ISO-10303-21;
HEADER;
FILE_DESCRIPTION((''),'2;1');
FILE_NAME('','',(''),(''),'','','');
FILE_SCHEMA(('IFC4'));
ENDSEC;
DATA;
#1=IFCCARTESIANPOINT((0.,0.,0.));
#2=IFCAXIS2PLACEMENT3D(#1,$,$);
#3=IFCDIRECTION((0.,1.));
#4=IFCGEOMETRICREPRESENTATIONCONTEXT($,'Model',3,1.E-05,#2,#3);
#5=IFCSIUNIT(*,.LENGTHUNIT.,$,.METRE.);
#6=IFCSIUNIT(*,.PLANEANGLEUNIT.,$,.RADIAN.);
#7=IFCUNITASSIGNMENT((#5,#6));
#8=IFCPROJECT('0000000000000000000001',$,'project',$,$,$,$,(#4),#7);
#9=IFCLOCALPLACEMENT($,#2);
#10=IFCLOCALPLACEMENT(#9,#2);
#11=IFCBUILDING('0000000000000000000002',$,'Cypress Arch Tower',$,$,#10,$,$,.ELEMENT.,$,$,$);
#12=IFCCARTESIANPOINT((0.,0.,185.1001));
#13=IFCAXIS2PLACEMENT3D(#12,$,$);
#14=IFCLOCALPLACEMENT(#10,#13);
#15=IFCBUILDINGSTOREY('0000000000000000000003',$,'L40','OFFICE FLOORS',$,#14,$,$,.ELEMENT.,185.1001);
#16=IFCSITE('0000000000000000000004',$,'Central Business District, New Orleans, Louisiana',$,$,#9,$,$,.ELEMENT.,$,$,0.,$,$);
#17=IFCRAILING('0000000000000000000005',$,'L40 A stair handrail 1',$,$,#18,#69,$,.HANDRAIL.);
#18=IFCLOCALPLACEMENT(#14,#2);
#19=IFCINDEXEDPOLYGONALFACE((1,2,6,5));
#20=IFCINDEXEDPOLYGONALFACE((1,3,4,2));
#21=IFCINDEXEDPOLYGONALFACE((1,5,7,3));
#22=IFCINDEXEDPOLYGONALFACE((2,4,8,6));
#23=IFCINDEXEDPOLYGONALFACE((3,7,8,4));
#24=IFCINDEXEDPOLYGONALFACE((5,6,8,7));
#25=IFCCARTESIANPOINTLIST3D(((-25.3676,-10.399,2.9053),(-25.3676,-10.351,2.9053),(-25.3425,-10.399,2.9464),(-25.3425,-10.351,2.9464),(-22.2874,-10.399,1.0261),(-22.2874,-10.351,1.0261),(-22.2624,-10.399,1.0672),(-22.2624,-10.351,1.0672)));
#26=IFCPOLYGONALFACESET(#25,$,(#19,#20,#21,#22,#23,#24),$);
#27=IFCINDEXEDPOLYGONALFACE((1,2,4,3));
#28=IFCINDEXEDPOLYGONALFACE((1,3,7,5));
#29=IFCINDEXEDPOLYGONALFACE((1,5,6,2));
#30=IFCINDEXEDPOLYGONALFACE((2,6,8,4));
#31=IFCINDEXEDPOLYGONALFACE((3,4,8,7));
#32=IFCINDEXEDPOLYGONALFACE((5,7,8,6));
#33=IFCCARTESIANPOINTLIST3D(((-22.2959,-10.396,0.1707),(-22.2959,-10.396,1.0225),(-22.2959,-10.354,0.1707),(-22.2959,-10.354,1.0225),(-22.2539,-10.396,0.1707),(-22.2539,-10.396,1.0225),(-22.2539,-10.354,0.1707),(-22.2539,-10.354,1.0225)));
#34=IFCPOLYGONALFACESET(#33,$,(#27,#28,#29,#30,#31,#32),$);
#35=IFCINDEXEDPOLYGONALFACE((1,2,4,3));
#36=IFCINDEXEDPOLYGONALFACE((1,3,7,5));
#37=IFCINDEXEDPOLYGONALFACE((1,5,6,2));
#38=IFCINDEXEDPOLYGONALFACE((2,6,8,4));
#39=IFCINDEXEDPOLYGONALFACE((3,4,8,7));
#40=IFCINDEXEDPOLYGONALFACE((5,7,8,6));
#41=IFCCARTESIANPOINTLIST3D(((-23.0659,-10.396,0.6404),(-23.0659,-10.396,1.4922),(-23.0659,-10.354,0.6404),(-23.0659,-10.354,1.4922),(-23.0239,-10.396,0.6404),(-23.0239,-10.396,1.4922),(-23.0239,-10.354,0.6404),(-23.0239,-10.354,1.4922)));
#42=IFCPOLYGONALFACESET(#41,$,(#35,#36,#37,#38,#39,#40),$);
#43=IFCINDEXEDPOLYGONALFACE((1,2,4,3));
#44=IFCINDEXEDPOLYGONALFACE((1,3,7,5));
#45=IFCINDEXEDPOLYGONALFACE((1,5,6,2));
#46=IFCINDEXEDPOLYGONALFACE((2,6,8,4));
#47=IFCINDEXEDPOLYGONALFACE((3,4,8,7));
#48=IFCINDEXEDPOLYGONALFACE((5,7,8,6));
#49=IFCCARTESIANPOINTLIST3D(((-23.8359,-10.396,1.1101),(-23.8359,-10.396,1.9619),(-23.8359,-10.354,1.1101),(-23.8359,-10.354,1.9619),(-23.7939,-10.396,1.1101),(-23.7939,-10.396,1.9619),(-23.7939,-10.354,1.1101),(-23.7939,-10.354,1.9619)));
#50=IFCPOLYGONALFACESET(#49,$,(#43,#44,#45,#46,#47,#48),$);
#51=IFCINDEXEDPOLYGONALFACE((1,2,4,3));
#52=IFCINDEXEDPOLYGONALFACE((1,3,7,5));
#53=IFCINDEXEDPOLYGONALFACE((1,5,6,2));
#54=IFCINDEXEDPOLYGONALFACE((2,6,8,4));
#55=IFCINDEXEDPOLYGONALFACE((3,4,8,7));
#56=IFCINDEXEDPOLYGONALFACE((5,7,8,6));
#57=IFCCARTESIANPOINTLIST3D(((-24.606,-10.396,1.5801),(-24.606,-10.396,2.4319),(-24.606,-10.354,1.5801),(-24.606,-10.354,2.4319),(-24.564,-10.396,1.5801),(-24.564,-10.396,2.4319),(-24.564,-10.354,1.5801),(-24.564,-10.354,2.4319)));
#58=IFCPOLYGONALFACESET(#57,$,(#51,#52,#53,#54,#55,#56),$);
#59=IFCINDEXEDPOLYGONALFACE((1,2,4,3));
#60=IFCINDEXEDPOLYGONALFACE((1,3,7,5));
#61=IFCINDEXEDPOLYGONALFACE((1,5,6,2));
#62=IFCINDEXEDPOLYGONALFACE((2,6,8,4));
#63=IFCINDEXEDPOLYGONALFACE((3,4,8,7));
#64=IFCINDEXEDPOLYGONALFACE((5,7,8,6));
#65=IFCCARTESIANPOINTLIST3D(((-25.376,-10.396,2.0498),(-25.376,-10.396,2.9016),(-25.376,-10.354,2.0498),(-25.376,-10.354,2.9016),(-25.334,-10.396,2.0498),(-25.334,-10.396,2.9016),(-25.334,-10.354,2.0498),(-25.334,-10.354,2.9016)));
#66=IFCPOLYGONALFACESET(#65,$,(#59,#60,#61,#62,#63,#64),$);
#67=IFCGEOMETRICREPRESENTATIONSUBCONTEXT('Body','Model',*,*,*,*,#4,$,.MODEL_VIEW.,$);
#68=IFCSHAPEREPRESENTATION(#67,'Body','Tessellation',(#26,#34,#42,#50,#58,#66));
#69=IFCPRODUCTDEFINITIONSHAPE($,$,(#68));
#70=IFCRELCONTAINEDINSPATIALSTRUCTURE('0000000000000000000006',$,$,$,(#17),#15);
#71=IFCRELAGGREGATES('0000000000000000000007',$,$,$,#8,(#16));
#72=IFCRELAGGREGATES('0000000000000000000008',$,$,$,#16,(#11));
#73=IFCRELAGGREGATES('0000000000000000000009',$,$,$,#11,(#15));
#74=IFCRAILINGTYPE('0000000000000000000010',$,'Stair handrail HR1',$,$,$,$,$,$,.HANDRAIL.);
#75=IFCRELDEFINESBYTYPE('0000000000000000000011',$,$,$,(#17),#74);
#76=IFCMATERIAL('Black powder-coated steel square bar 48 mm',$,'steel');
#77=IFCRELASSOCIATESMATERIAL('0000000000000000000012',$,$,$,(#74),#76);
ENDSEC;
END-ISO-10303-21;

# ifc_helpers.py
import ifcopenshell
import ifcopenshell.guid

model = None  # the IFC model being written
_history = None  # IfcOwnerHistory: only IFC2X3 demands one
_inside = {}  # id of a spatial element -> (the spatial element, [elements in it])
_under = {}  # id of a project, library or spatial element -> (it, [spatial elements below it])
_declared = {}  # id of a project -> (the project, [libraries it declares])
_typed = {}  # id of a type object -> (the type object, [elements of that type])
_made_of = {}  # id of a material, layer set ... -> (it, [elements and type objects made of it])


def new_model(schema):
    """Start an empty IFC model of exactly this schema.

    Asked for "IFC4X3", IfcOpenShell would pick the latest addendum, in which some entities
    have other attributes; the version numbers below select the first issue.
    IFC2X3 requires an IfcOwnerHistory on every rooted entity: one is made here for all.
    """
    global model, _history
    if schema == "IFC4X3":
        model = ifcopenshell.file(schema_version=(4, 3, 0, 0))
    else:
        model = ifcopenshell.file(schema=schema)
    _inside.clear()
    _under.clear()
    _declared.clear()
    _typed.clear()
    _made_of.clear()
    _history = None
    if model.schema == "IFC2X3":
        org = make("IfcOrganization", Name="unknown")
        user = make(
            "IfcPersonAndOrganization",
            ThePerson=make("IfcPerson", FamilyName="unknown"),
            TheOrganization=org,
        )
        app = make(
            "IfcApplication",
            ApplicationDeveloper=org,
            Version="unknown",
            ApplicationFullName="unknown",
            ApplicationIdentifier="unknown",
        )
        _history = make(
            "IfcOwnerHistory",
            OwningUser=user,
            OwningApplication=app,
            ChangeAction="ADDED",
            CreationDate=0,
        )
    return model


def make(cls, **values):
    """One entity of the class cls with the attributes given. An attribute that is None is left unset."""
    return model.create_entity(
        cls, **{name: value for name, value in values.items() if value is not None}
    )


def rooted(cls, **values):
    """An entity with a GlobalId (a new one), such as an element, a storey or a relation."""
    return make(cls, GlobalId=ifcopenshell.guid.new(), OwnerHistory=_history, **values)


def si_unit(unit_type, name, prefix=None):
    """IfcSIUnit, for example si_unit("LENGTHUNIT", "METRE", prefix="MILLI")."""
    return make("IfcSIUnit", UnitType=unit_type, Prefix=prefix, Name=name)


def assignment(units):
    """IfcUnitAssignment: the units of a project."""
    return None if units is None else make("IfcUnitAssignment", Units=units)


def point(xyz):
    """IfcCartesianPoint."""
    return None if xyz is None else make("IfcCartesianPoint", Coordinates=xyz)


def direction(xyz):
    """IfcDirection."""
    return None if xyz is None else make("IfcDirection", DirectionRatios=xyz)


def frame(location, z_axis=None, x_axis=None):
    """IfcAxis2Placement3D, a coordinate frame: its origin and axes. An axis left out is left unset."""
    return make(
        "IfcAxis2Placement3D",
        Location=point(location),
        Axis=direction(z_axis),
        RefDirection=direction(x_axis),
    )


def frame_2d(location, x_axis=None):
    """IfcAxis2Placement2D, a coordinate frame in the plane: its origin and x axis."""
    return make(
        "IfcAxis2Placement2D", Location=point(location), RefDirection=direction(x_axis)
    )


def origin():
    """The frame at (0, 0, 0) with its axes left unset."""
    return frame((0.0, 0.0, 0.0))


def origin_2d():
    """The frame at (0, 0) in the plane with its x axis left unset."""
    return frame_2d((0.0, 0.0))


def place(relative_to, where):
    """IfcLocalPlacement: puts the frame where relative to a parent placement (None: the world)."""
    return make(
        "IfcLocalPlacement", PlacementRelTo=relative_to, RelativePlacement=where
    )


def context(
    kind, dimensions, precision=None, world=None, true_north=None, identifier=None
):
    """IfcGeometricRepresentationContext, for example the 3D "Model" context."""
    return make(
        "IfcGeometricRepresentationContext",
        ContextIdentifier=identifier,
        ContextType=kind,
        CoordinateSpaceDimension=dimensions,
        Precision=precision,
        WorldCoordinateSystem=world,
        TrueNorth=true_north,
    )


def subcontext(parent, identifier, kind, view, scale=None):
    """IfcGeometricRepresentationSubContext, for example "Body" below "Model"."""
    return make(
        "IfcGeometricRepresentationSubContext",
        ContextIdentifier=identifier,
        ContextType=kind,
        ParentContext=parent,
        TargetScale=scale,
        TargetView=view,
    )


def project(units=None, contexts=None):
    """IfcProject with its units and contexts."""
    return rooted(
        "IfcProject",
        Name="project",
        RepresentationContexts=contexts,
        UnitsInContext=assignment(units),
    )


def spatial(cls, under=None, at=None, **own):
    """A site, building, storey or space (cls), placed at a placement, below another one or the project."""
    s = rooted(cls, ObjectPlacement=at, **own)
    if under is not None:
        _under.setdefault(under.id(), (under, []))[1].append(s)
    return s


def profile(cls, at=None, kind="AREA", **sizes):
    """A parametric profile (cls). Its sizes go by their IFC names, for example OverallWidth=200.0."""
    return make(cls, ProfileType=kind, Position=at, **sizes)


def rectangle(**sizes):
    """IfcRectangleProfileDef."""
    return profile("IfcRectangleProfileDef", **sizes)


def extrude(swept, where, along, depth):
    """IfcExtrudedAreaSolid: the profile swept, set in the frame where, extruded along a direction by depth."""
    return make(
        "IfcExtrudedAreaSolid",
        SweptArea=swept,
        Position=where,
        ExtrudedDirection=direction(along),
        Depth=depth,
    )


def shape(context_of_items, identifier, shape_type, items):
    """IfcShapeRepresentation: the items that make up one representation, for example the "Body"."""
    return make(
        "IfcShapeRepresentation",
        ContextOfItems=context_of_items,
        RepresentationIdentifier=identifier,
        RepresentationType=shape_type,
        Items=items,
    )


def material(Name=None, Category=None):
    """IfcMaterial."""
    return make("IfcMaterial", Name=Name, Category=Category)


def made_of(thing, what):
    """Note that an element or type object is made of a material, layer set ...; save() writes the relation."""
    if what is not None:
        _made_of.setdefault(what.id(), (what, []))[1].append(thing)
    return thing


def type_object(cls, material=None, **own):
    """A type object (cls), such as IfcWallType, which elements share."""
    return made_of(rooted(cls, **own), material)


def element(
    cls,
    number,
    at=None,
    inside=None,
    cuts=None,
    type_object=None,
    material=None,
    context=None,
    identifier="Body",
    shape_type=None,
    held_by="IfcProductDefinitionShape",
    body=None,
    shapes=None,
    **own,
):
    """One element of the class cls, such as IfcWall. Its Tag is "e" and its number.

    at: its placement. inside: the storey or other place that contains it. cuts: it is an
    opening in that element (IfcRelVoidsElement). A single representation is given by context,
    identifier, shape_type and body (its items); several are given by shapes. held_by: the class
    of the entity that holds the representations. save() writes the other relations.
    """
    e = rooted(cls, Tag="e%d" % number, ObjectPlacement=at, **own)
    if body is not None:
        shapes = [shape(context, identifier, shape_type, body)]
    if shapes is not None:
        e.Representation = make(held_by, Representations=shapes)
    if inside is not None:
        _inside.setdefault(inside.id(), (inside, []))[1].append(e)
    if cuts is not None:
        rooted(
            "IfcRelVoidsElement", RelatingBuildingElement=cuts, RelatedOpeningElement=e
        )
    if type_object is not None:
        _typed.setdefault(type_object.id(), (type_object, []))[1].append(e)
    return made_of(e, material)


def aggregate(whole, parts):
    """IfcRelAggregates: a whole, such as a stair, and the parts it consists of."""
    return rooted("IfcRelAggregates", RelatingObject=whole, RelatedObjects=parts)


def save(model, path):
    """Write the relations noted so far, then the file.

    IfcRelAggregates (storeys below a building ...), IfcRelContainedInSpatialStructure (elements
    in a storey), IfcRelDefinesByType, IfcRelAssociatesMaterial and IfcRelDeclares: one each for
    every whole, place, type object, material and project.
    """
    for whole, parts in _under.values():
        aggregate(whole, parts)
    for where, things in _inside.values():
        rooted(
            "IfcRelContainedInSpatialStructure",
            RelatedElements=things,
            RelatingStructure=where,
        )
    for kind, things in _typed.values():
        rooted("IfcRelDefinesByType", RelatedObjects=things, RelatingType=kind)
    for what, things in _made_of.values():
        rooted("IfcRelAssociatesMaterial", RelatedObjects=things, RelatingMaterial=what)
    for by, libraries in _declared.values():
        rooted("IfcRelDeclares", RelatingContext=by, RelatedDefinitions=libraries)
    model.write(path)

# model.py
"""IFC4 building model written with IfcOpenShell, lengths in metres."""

from ifc_helpers import new_model, si_unit, direction, frame, origin, origin_2d, place, context, subcontext, project, spatial, rectangle, extrude, material, type_object, element, save


model = new_model("IFC4")

# Units and contexts
model_context = context("Model", 3, precision=1e-05, world=origin(), true_north=direction((0.0, 1.0)))
body_context = subcontext(model_context, "Body", "Model", "MODEL_VIEW")
ifc_project = project(units=[si_unit("LENGTHUNIT", "METRE"), si_unit("PLANEANGLEUNIT", "RADIAN")], contexts=[model_context])

# Site, building, storey
site_placement = place(None, origin())
site = spatial("IfcSite", under=ifc_project, at=site_placement, Name="Central Business District, New Orleans, Louisiana", CompositionType="ELEMENT", RefElevation=0.0)
building_placement = place(site_placement, origin())
building = spatial("IfcBuilding", under=site, at=building_placement, Name="Cypress Arch Tower", CompositionType="ELEMENT")
storey_placement = place(building_placement, frame((0.0, 0.0, 185.1001)))
storey = spatial("IfcBuildingStorey", under=building, at=storey_placement, Name="L40", Description="OFFICE FLOORS", CompositionType="ELEMENT", Elevation=185.1001)

# Railing
ifc_material_1 = material(Name="Black powder-coated steel square bar 48 mm", Category="steel")
railing_type = type_object("IfcRailingType", Name="Stair handrail HR1", PredefinedType="HANDRAIL", material=ifc_material_1)
railing_placement = place(storey_placement, frame((-22.2749, -10.375, 0.1707)))
element("IfcRailing", 1, at=railing_placement, inside=storey, type_object=railing_type, Name="L40 A stair handrail 1", PredefinedType="HANDRAIL", context=body_context, shape_type="SweptSolid", body=[
    extrude(rectangle(XDim=0.0481, YDim=0.0481, at=origin_2d()), frame((0.0, 0.0, 0.876), z_axis=(-0.853666, 0.0, 0.52082), x_axis=(0.0, -1.0, 0.0)), (0.0, 0.0, 1.0), 3.6082),
    extrude(rectangle(XDim=0.042, YDim=0.042, at=origin_2d()), origin(), (0.0, 0.0, 1.0), 0.8518),
    extrude(rectangle(XDim=0.042, YDim=0.042, at=origin_2d()), frame((-0.77, 0.0, 0.4697)), (0.0, 0.0, 1.0), 0.8518),
    extrude(rectangle(XDim=0.042, YDim=0.042, at=origin_2d()), frame((-1.54, 0.0, 0.9395)), (0.0, 0.0, 1.0), 0.8518),
    extrude(rectangle(XDim=0.042, YDim=0.042, at=origin_2d()), frame((-2.3101, 0.0, 1.4094)), (0.0, 0.0, 1.0), 0.8518),
    extrude(rectangle(XDim=0.042, YDim=0.042, at=origin_2d()), frame((-3.0801, 0.0, 1.8792)), (0.0, 0.0, 1.0), 0.8518),
])

save(model, "model.ifc")
